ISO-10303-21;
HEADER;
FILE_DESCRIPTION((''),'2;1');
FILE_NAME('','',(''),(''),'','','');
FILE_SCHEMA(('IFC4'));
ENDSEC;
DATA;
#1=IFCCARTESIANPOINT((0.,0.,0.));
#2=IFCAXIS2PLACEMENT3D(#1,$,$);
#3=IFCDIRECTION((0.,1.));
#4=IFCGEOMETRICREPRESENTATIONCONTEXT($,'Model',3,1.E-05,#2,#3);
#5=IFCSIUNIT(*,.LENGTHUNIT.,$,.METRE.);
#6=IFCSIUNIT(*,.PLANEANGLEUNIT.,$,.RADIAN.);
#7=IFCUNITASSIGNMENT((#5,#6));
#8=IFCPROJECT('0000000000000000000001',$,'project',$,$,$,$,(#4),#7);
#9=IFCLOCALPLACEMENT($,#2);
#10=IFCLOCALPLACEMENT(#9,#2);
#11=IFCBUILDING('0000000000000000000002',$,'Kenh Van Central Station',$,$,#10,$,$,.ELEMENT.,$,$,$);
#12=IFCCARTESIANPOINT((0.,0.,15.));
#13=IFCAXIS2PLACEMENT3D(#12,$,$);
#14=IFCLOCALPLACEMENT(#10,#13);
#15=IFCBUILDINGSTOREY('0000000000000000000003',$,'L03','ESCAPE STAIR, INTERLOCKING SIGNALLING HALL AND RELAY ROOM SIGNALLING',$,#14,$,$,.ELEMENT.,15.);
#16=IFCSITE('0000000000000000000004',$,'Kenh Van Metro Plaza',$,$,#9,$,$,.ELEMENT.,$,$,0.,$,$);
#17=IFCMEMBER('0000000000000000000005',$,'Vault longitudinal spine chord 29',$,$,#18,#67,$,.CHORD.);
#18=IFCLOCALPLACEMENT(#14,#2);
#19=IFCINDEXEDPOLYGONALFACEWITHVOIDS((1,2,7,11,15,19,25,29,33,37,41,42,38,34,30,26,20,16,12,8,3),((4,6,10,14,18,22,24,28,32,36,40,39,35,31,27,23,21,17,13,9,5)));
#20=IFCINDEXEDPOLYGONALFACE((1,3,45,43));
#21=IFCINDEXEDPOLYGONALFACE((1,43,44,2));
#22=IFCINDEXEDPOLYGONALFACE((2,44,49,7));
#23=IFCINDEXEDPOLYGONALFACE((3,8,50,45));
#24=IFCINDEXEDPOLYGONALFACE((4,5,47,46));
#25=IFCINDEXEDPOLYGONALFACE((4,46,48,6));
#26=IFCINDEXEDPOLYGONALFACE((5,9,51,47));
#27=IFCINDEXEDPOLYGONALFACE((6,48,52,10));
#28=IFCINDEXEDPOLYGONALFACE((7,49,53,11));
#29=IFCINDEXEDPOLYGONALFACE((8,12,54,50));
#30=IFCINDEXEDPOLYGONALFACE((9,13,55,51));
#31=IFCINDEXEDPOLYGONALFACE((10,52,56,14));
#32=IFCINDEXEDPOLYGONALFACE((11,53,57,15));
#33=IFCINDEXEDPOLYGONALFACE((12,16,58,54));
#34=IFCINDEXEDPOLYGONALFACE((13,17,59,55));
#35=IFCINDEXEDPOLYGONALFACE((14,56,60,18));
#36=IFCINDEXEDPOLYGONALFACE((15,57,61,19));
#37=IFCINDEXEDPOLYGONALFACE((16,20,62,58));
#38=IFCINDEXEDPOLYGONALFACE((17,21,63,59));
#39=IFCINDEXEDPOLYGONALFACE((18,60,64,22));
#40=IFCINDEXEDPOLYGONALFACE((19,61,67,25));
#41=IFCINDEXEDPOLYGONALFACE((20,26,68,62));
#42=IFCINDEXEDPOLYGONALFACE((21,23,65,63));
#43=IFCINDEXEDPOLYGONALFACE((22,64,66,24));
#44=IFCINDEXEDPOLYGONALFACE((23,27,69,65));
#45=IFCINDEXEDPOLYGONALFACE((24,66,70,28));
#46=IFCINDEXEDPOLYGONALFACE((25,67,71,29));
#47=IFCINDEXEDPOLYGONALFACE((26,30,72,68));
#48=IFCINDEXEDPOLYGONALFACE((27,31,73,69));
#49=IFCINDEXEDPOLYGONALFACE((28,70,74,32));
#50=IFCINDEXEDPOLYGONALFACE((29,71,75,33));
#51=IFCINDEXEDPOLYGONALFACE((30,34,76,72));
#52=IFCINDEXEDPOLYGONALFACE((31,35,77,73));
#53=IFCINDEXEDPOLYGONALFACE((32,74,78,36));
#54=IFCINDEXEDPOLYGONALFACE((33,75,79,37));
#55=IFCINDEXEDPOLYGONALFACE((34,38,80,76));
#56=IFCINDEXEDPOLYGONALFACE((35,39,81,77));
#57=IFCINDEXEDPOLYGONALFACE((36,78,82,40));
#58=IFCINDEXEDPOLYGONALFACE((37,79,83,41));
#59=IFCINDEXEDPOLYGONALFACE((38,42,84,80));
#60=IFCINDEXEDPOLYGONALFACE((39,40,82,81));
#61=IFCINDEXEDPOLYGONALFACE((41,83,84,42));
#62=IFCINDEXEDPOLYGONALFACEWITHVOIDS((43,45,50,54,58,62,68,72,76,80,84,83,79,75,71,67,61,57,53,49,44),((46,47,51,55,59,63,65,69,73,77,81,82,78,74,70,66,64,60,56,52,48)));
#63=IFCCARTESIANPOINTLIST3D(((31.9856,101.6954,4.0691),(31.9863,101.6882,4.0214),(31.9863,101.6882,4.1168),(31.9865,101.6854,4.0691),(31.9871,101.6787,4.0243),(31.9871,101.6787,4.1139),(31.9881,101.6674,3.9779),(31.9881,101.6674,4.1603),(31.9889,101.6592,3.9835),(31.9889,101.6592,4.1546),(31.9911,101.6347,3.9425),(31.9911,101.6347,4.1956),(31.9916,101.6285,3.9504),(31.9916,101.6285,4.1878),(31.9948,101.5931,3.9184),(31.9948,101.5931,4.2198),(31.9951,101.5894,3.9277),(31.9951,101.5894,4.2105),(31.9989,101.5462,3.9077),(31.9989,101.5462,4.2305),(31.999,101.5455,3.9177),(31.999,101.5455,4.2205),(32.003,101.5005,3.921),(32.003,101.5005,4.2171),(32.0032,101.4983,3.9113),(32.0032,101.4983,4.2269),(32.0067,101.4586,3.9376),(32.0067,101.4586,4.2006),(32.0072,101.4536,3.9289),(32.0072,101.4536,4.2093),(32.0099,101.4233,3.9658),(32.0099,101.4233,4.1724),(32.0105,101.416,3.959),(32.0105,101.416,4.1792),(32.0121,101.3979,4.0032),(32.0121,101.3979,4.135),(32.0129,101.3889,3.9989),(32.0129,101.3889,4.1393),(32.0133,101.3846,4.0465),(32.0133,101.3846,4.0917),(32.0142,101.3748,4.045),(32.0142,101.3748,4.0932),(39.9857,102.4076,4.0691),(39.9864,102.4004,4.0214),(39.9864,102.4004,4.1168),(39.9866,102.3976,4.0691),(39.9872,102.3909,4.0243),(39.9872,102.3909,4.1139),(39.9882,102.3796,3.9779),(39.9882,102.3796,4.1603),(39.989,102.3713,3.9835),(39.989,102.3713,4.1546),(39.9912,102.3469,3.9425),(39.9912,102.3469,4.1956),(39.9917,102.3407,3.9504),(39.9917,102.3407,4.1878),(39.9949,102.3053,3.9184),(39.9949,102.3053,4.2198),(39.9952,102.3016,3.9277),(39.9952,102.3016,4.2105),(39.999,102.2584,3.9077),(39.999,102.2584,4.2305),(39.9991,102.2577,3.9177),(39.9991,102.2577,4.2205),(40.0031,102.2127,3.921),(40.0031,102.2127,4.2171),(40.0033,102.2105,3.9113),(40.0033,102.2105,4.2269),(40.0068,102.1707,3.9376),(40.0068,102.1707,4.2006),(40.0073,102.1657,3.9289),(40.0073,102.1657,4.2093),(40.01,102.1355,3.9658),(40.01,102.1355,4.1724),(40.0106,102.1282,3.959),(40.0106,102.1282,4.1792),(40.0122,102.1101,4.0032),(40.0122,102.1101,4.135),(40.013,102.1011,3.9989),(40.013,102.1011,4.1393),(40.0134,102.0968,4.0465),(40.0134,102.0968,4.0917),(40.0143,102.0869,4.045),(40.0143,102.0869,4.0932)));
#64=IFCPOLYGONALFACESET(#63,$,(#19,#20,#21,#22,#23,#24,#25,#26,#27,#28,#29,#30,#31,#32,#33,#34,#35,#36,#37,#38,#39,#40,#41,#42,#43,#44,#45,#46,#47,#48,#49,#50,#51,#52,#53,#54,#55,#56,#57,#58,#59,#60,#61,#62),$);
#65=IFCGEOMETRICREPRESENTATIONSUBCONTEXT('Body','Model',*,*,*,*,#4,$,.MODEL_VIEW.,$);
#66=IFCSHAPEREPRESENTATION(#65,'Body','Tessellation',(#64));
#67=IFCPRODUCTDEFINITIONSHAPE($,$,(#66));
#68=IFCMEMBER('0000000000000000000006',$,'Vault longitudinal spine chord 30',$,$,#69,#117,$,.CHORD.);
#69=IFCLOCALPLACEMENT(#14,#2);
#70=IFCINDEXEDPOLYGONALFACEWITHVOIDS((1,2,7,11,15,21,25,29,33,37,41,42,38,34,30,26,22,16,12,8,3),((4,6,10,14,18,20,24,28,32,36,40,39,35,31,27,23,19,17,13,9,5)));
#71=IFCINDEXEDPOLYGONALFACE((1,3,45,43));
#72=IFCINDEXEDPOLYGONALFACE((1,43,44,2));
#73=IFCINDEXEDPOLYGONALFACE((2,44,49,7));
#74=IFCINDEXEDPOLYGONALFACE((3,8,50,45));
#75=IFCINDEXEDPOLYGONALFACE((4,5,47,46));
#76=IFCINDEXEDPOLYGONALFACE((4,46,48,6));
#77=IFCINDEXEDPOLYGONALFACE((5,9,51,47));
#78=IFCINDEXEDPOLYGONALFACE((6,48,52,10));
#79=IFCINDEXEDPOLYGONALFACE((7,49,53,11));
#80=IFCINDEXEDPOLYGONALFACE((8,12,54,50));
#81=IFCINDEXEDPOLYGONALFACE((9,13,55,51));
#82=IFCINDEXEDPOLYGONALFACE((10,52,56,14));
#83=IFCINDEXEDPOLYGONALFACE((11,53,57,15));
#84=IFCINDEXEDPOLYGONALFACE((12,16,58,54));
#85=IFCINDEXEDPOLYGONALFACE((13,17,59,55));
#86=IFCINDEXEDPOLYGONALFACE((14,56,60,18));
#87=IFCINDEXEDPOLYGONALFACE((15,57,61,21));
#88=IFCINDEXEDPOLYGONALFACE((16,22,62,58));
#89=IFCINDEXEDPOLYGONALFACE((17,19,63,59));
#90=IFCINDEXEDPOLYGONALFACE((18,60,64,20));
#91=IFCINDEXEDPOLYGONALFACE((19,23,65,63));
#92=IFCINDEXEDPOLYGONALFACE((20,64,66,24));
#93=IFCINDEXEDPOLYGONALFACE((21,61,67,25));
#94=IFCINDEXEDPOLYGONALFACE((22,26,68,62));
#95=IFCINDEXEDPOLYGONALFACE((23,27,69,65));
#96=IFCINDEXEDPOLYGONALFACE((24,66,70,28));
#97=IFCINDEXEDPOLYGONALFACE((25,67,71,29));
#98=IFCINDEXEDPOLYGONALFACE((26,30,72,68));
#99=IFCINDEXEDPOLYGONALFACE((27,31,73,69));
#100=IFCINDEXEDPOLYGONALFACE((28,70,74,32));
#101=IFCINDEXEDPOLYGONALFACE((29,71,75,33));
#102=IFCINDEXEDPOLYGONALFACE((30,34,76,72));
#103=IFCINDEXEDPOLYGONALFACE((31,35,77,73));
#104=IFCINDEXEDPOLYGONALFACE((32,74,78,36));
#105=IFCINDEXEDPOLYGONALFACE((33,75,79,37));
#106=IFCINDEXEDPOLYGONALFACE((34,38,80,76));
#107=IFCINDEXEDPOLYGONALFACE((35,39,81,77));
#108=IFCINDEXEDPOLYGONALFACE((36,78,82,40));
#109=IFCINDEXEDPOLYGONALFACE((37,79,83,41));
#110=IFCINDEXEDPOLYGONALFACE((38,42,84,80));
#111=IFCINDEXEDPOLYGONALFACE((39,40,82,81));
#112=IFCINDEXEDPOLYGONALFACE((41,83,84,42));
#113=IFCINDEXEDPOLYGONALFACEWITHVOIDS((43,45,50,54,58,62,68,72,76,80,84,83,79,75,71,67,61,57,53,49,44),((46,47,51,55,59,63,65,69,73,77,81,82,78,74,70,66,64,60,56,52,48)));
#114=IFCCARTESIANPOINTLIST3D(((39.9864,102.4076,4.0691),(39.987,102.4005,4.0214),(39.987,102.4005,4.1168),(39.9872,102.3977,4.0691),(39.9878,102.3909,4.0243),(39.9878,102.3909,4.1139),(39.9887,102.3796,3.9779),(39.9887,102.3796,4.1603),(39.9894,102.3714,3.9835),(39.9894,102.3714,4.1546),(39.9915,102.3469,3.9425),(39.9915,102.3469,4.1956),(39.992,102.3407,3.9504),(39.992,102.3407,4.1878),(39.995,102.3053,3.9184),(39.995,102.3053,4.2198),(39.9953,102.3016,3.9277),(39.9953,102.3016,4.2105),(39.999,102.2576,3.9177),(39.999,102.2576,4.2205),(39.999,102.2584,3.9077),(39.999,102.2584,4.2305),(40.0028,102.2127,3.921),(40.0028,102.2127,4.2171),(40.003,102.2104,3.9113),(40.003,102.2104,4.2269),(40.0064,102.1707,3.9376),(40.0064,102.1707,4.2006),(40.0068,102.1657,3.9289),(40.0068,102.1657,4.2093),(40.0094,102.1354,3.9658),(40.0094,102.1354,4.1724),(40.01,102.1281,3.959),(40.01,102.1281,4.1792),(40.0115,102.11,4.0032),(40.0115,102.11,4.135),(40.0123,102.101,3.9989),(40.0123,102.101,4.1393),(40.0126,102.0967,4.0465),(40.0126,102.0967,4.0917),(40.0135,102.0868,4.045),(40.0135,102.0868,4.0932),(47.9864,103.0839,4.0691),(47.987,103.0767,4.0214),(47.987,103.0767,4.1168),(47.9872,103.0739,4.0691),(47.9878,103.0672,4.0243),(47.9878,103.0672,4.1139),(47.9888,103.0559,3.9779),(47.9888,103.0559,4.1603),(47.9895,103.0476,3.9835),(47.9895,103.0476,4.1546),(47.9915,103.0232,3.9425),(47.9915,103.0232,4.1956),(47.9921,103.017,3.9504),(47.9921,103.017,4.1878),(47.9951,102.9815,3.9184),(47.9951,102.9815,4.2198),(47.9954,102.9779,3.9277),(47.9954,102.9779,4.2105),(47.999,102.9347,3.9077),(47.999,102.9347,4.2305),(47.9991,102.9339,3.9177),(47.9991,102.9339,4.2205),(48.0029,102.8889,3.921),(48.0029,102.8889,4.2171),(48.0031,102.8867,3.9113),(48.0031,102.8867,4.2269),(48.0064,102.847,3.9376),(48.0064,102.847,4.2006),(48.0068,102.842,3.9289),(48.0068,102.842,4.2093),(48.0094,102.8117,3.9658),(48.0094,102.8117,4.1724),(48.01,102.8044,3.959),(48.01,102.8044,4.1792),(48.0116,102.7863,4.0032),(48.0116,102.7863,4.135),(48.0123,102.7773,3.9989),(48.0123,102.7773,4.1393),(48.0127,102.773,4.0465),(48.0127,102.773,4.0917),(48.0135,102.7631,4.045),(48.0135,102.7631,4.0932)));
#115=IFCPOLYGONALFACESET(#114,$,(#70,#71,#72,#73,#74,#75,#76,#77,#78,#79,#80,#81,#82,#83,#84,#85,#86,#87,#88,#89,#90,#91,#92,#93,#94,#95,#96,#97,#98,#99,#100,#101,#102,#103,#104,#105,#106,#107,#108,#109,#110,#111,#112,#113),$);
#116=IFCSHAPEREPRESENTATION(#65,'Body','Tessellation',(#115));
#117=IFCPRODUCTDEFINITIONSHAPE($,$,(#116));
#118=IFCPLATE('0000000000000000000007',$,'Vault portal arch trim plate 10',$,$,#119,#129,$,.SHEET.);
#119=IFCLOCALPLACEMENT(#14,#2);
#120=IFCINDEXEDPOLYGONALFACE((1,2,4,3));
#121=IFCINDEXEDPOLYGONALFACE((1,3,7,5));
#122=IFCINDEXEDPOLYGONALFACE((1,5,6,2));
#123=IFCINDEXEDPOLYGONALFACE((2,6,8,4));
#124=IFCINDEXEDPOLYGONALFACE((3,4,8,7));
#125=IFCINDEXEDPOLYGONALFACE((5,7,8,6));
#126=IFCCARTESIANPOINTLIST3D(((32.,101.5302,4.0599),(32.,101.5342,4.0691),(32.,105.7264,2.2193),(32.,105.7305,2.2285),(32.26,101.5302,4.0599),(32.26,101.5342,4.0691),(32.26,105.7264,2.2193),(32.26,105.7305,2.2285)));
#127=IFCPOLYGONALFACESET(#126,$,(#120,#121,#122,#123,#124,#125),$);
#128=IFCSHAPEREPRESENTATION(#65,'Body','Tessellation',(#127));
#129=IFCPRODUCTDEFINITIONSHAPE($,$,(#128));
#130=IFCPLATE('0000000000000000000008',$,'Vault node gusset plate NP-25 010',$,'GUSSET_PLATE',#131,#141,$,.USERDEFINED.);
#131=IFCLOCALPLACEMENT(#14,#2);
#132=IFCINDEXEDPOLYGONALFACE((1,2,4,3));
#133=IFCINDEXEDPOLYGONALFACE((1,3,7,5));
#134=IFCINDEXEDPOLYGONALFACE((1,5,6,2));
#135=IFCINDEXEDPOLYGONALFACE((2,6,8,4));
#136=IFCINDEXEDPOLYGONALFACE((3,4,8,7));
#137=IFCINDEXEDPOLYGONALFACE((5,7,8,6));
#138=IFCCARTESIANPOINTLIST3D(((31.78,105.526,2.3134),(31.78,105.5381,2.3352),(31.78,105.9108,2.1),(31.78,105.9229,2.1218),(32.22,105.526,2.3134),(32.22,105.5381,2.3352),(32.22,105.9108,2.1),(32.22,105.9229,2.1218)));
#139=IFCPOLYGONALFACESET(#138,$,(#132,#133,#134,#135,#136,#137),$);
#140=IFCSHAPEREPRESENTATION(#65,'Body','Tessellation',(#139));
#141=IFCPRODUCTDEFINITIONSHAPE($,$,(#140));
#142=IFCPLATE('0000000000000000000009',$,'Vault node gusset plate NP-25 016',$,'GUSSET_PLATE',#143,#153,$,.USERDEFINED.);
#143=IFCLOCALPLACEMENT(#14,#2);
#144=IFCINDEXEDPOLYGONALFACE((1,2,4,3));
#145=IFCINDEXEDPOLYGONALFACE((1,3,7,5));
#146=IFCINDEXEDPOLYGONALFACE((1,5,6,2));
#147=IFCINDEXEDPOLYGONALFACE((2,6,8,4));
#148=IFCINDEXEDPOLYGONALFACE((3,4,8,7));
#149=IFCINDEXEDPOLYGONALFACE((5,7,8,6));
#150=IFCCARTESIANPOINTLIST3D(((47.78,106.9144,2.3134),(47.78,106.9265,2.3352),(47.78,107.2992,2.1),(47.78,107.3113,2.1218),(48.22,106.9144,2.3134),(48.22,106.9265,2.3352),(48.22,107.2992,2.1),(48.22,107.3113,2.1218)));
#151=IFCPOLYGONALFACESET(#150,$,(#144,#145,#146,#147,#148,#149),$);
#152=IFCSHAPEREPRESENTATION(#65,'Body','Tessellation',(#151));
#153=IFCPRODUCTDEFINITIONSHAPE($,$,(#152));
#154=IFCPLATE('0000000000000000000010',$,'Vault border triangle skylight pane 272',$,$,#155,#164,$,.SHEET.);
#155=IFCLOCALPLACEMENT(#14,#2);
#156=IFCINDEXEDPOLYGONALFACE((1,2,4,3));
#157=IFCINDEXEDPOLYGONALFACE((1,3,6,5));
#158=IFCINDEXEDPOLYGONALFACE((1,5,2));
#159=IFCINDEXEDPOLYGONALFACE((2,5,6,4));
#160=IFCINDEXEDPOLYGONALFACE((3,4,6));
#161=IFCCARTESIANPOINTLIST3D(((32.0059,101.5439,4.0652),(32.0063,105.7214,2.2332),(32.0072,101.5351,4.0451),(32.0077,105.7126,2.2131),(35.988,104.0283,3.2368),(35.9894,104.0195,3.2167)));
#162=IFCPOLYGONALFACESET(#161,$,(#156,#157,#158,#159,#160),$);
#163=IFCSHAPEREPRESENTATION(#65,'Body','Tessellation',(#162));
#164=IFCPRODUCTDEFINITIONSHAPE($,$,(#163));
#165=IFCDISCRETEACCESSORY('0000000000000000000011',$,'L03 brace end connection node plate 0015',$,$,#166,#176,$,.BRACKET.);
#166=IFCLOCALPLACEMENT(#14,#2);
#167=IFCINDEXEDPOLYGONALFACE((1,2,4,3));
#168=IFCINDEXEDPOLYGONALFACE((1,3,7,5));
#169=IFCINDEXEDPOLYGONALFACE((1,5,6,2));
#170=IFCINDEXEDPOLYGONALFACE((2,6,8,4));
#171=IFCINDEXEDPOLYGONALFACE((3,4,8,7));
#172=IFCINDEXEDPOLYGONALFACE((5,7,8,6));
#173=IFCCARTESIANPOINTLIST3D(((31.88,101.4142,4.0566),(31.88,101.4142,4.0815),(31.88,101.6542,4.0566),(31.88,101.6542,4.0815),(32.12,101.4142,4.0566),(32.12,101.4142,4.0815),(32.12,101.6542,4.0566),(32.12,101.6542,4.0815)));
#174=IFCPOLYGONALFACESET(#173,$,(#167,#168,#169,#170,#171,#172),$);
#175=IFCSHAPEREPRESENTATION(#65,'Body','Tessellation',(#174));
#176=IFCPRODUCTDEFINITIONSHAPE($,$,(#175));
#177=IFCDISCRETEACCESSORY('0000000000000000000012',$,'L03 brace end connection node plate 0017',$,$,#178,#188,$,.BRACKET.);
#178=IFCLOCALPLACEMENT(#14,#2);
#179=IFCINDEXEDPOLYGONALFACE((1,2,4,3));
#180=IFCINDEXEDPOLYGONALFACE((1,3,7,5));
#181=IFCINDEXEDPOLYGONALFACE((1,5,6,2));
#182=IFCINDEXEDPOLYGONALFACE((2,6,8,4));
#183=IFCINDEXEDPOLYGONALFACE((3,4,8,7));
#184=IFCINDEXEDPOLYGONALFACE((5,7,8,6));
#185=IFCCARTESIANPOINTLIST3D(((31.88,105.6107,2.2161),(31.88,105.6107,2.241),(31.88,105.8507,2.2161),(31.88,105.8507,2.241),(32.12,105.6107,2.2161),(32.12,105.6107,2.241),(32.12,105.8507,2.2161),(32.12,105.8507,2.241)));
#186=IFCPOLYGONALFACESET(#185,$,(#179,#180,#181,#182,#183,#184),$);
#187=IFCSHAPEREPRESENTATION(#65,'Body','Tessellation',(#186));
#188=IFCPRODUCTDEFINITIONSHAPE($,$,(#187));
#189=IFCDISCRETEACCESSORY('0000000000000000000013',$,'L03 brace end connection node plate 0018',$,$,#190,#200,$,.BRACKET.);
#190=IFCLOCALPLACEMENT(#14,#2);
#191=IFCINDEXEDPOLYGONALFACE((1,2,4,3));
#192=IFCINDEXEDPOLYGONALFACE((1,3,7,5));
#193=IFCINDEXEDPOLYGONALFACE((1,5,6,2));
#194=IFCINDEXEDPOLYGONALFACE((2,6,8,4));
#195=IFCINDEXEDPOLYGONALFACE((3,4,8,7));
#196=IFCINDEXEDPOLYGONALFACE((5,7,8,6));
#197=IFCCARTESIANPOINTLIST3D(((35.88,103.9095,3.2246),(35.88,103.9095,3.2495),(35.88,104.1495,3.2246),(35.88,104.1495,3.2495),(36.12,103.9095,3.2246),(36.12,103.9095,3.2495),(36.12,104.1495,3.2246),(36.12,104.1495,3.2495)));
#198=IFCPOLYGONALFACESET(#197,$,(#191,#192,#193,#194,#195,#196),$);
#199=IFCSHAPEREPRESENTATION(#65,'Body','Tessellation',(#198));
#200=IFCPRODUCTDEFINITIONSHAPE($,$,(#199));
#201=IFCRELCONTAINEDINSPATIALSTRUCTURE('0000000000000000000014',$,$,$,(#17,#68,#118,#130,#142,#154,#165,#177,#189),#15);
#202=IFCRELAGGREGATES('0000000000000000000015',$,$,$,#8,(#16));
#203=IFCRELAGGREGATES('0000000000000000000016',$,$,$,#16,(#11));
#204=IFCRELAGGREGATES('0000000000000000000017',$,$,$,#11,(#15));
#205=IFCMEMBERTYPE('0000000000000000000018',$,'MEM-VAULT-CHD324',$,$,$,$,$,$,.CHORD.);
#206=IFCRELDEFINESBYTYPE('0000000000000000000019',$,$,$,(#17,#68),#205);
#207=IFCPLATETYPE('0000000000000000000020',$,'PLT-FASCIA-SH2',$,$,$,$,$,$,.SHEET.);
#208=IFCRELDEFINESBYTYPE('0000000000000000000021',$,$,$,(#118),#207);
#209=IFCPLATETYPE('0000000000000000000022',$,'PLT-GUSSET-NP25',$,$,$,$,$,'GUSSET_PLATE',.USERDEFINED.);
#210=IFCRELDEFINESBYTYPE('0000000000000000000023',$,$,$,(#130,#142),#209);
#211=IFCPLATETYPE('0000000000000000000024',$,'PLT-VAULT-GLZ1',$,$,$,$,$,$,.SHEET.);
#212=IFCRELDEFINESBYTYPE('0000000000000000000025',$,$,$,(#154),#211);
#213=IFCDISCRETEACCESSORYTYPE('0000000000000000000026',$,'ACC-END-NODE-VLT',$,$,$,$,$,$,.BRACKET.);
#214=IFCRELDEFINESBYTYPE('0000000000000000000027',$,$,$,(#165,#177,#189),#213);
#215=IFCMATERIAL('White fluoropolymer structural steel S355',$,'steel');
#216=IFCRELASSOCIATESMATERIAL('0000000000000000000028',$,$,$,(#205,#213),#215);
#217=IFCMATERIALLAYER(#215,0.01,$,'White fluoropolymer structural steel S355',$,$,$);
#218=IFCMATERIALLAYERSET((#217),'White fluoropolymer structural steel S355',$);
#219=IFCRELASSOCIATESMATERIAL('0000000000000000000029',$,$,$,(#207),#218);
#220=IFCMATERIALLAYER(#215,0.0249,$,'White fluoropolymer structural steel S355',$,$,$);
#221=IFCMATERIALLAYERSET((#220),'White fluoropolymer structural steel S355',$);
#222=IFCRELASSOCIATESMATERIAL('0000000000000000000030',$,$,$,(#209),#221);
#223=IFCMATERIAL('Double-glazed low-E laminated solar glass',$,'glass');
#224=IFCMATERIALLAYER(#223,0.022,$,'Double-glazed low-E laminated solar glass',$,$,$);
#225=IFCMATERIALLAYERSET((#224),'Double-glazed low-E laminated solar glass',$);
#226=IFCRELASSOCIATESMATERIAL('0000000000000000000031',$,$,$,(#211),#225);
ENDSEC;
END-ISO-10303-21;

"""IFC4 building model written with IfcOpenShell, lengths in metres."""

from ifc_helpers import new_model, si_unit, direction, frame, origin, origin_2d, place, context, subcontext, project, spatial, polyline, rectangle, hollow_circle, outline, extrude, material, layer, layer_set, material_profile, profile_set, type_object, element, save


model = new_model("IFC4")

# Units and contexts
model_context = context("Model", 3, precision=1e-05, world=origin(), true_north=direction((0.0, 1.0)))
body_context = subcontext(model_context, "Body", "Model", "MODEL_VIEW")
ifc_project = project(units=[si_unit("LENGTHUNIT", "METRE"), si_unit("PLANEANGLEUNIT", "RADIAN")], contexts=[model_context])

# Site, building, storey
site_placement = place(None, origin())
site = spatial("IfcSite", under=ifc_project, at=site_placement, Name="Kenh Van Metro Plaza", CompositionType="ELEMENT", RefElevation=0.0)
building_placement = place(site_placement, origin())
building = spatial("IfcBuilding", under=site, at=building_placement, Name="Kenh Van Central Station", CompositionType="ELEMENT")
storey_placement = place(building_placement, frame((0.0, 0.0, 15.0)))
storey = spatial("IfcBuildingStorey", under=building, at=storey_placement, Name="L03", Description="ESCAPE STAIR, INTERLOCKING SIGNALLING HALL AND RELAY ROOM SIGNALLING", CompositionType="ELEMENT", Elevation=15.0)

# Shared definitions
ifc_material_1 = material(Name="White fluoropolymer structural steel S355", Category="steel")

# Members
ifc_material_profile_1 = material_profile(ifc_material_1, hollow_circle(Radius=0.1619, WallThickness=0.01, at=origin_2d()), Name="CHS 323.9x10")
ifc_profile_set_1 = profile_set([ifc_material_profile_1], Name="White fluoropolymer structural steel S355")
member_type_1 = type_object("IfcMemberType", Name="MEM-VAULT-CHD324", PredefinedType="CHORD", material=ifc_profile_set_1)
member_1_placement = place(storey_placement, frame((32.0, 101.5342, 4.0691), z_axis=(0.996061, 0.088669, 0.0), x_axis=(-0.088669, 0.996061, 0.0)))
element("IfcMember", 1, at=member_1_placement, inside=storey, type_object=member_type_1, Name="Vault longitudinal spine chord 29", PredefinedType="CHORD", context=body_context, shape_type="SweptSolid", body=[
    extrude(hollow_circle(Radius=0.1619, WallThickness=0.01, at=origin_2d()), origin(), (0.0, 0.0, 1.0), 8.0317),
])
member_2_placement = place(storey_placement, frame((40.0, 102.2463, 4.0691), z_axis=(0.996446, 0.084233, 0.0), x_axis=(-0.084233, 0.996446, 0.0)))
element("IfcMember", 2, at=member_2_placement, inside=storey, type_object=member_type_1, Name="Vault longitudinal spine chord 30", PredefinedType="CHORD", context=body_context, shape_type="SweptSolid", body=[
    extrude(hollow_circle(Radius=0.1619, WallThickness=0.01, at=origin_2d()), origin(), (0.0, 0.0, 1.0), 8.0286),
])

# Plates
ifc_layer_1 = layer(ifc_material_1, 0.01, Name="White fluoropolymer structural steel S355")
ifc_layer_set_1 = layer_set([ifc_layer_1], Name="White fluoropolymer structural steel S355")
plate_type_1 = type_object("IfcPlateType", Name="PLT-FASCIA-SH2", PredefinedType="SHEET", material=ifc_layer_set_1)
plate_1_placement = place(storey_placement, frame((32.0, 101.5342, 4.0691), z_axis=(0.0, 0.40168, 0.91578), x_axis=(1.0, 0.0, 0.0)))
element("IfcPlate", 3, at=plate_1_placement, inside=storey, type_object=plate_type_1, Name="Vault portal arch trim plate 10", PredefinedType="SHEET", context=body_context, shape_type="SweptSolid", body=[
    extrude(outline(polyline([(0.0, 0.0), (0.26, 0.0), (0.26, 4.5822), (0.0, 4.5822), (0.0, 0.0)])), origin(), (0.0, 0.0, -1.0), 0.01),
])
ifc_layer_2 = layer(ifc_material_1, 0.0249, Name="White fluoropolymer structural steel S355")
ifc_layer_set_2 = layer_set([ifc_layer_2], Name="White fluoropolymer structural steel S355")
plate_type_2 = type_object("IfcPlateType", Name="PLT-GUSSET-NP25", ElementType="GUSSET_PLATE", PredefinedType="USERDEFINED", material=ifc_layer_set_2)
for number, where, z_axis, x_axis, name in (
    (4, (31.78, 105.5381, 2.3352), (0.0, 0.484983, 0.874523), (1.0, 0.0, 0.0), "Vault node gusset plate NP-25 010"),
    (5, (47.78, 106.9265, 2.3352), (0.0, 0.484983, 0.874523), (1.0, 0.0, 0.0), "Vault node gusset plate NP-25 016"),
):
    element("IfcPlate", number, at=place(storey_placement, frame(where, z_axis=z_axis, x_axis=x_axis)), inside=storey, type_object=plate_type_2, Name=name, ObjectType="GUSSET_PLATE", PredefinedType="USERDEFINED", context=body_context, shape_type="SweptSolid", body=[
        extrude(outline(polyline([(0.0, 0.0), (0.4399, 0.0), (0.4399, 0.44), (0.0, 0.44), (0.0, 0.0)])), origin(), (0.0, 0.0, -1.0), 0.0249),
    ])
ifc_material_2 = material(Name="Double-glazed low-E laminated solar glass", Category="glass")
ifc_layer_3 = layer(ifc_material_2, 0.022, Name="Double-glazed low-E laminated solar glass")
ifc_layer_set_3 = layer_set([ifc_layer_3], Name="Double-glazed low-E laminated solar glass")
plate_type_3 = type_object("IfcPlateType", Name="PLT-VAULT-GLZ1", PredefinedType="SHEET", material=ifc_layer_set_3)
plate_2_placement = place(storey_placement, frame((32.0059, 101.5439, 4.0652), z_axis=(-0.059954, 0.400908, 0.914154), x_axis=(0.835515, 0.521256, -0.173803)))
element("IfcPlate", 6, at=plate_2_placement, inside=storey, type_object=plate_type_3, Name="Vault border triangle skylight pane 272", PredefinedType="SHEET", context=body_context, shape_type="SweptSolid", body=[
    extrude(outline(polyline([(0.0, 0.0), (4.7661, 0.0), (2.4964, 3.8178), (0.0, 0.0)])), origin(), (0.0, 0.0, -1.0), 0.022),
])

# Discrete accessories
discrete_accessory_type = type_object("IfcDiscreteAccessoryType", Name="ACC-END-NODE-VLT", PredefinedType="BRACKET", material=ifc_material_1)
for number, where, z_axis, x_axis, name in (
    (7, (32.0, 101.5342, 4.0566), (0.0, 0.0, 1.0), (1.0, 0.0, 0.0), "L03 brace end connection node plate 0015"),
    (8, (32.0, 105.7307, 2.2161), (0.0, 0.0, 1.0), (1.0, 0.0, 0.0), "L03 brace end connection node plate 0017"),
    (9, (36.0, 104.0295, 3.2246), (0.0, 0.0, 1.0), (1.0, 0.0, 0.0), "L03 brace end connection node plate 0018"),
):
    element("IfcDiscreteAccessory", number, at=place(storey_placement, frame(where, z_axis=z_axis, x_axis=x_axis)), inside=storey, type_object=discrete_accessory_type, Name=name, PredefinedType="BRACKET", context=body_context, shape_type="SweptSolid", body=[
        extrude(rectangle(XDim=0.24, YDim=0.24, at=origin_2d()), origin(), (0.0, 0.0, 1.0), 0.0249),
    ])

save(model, "model.ifc")
